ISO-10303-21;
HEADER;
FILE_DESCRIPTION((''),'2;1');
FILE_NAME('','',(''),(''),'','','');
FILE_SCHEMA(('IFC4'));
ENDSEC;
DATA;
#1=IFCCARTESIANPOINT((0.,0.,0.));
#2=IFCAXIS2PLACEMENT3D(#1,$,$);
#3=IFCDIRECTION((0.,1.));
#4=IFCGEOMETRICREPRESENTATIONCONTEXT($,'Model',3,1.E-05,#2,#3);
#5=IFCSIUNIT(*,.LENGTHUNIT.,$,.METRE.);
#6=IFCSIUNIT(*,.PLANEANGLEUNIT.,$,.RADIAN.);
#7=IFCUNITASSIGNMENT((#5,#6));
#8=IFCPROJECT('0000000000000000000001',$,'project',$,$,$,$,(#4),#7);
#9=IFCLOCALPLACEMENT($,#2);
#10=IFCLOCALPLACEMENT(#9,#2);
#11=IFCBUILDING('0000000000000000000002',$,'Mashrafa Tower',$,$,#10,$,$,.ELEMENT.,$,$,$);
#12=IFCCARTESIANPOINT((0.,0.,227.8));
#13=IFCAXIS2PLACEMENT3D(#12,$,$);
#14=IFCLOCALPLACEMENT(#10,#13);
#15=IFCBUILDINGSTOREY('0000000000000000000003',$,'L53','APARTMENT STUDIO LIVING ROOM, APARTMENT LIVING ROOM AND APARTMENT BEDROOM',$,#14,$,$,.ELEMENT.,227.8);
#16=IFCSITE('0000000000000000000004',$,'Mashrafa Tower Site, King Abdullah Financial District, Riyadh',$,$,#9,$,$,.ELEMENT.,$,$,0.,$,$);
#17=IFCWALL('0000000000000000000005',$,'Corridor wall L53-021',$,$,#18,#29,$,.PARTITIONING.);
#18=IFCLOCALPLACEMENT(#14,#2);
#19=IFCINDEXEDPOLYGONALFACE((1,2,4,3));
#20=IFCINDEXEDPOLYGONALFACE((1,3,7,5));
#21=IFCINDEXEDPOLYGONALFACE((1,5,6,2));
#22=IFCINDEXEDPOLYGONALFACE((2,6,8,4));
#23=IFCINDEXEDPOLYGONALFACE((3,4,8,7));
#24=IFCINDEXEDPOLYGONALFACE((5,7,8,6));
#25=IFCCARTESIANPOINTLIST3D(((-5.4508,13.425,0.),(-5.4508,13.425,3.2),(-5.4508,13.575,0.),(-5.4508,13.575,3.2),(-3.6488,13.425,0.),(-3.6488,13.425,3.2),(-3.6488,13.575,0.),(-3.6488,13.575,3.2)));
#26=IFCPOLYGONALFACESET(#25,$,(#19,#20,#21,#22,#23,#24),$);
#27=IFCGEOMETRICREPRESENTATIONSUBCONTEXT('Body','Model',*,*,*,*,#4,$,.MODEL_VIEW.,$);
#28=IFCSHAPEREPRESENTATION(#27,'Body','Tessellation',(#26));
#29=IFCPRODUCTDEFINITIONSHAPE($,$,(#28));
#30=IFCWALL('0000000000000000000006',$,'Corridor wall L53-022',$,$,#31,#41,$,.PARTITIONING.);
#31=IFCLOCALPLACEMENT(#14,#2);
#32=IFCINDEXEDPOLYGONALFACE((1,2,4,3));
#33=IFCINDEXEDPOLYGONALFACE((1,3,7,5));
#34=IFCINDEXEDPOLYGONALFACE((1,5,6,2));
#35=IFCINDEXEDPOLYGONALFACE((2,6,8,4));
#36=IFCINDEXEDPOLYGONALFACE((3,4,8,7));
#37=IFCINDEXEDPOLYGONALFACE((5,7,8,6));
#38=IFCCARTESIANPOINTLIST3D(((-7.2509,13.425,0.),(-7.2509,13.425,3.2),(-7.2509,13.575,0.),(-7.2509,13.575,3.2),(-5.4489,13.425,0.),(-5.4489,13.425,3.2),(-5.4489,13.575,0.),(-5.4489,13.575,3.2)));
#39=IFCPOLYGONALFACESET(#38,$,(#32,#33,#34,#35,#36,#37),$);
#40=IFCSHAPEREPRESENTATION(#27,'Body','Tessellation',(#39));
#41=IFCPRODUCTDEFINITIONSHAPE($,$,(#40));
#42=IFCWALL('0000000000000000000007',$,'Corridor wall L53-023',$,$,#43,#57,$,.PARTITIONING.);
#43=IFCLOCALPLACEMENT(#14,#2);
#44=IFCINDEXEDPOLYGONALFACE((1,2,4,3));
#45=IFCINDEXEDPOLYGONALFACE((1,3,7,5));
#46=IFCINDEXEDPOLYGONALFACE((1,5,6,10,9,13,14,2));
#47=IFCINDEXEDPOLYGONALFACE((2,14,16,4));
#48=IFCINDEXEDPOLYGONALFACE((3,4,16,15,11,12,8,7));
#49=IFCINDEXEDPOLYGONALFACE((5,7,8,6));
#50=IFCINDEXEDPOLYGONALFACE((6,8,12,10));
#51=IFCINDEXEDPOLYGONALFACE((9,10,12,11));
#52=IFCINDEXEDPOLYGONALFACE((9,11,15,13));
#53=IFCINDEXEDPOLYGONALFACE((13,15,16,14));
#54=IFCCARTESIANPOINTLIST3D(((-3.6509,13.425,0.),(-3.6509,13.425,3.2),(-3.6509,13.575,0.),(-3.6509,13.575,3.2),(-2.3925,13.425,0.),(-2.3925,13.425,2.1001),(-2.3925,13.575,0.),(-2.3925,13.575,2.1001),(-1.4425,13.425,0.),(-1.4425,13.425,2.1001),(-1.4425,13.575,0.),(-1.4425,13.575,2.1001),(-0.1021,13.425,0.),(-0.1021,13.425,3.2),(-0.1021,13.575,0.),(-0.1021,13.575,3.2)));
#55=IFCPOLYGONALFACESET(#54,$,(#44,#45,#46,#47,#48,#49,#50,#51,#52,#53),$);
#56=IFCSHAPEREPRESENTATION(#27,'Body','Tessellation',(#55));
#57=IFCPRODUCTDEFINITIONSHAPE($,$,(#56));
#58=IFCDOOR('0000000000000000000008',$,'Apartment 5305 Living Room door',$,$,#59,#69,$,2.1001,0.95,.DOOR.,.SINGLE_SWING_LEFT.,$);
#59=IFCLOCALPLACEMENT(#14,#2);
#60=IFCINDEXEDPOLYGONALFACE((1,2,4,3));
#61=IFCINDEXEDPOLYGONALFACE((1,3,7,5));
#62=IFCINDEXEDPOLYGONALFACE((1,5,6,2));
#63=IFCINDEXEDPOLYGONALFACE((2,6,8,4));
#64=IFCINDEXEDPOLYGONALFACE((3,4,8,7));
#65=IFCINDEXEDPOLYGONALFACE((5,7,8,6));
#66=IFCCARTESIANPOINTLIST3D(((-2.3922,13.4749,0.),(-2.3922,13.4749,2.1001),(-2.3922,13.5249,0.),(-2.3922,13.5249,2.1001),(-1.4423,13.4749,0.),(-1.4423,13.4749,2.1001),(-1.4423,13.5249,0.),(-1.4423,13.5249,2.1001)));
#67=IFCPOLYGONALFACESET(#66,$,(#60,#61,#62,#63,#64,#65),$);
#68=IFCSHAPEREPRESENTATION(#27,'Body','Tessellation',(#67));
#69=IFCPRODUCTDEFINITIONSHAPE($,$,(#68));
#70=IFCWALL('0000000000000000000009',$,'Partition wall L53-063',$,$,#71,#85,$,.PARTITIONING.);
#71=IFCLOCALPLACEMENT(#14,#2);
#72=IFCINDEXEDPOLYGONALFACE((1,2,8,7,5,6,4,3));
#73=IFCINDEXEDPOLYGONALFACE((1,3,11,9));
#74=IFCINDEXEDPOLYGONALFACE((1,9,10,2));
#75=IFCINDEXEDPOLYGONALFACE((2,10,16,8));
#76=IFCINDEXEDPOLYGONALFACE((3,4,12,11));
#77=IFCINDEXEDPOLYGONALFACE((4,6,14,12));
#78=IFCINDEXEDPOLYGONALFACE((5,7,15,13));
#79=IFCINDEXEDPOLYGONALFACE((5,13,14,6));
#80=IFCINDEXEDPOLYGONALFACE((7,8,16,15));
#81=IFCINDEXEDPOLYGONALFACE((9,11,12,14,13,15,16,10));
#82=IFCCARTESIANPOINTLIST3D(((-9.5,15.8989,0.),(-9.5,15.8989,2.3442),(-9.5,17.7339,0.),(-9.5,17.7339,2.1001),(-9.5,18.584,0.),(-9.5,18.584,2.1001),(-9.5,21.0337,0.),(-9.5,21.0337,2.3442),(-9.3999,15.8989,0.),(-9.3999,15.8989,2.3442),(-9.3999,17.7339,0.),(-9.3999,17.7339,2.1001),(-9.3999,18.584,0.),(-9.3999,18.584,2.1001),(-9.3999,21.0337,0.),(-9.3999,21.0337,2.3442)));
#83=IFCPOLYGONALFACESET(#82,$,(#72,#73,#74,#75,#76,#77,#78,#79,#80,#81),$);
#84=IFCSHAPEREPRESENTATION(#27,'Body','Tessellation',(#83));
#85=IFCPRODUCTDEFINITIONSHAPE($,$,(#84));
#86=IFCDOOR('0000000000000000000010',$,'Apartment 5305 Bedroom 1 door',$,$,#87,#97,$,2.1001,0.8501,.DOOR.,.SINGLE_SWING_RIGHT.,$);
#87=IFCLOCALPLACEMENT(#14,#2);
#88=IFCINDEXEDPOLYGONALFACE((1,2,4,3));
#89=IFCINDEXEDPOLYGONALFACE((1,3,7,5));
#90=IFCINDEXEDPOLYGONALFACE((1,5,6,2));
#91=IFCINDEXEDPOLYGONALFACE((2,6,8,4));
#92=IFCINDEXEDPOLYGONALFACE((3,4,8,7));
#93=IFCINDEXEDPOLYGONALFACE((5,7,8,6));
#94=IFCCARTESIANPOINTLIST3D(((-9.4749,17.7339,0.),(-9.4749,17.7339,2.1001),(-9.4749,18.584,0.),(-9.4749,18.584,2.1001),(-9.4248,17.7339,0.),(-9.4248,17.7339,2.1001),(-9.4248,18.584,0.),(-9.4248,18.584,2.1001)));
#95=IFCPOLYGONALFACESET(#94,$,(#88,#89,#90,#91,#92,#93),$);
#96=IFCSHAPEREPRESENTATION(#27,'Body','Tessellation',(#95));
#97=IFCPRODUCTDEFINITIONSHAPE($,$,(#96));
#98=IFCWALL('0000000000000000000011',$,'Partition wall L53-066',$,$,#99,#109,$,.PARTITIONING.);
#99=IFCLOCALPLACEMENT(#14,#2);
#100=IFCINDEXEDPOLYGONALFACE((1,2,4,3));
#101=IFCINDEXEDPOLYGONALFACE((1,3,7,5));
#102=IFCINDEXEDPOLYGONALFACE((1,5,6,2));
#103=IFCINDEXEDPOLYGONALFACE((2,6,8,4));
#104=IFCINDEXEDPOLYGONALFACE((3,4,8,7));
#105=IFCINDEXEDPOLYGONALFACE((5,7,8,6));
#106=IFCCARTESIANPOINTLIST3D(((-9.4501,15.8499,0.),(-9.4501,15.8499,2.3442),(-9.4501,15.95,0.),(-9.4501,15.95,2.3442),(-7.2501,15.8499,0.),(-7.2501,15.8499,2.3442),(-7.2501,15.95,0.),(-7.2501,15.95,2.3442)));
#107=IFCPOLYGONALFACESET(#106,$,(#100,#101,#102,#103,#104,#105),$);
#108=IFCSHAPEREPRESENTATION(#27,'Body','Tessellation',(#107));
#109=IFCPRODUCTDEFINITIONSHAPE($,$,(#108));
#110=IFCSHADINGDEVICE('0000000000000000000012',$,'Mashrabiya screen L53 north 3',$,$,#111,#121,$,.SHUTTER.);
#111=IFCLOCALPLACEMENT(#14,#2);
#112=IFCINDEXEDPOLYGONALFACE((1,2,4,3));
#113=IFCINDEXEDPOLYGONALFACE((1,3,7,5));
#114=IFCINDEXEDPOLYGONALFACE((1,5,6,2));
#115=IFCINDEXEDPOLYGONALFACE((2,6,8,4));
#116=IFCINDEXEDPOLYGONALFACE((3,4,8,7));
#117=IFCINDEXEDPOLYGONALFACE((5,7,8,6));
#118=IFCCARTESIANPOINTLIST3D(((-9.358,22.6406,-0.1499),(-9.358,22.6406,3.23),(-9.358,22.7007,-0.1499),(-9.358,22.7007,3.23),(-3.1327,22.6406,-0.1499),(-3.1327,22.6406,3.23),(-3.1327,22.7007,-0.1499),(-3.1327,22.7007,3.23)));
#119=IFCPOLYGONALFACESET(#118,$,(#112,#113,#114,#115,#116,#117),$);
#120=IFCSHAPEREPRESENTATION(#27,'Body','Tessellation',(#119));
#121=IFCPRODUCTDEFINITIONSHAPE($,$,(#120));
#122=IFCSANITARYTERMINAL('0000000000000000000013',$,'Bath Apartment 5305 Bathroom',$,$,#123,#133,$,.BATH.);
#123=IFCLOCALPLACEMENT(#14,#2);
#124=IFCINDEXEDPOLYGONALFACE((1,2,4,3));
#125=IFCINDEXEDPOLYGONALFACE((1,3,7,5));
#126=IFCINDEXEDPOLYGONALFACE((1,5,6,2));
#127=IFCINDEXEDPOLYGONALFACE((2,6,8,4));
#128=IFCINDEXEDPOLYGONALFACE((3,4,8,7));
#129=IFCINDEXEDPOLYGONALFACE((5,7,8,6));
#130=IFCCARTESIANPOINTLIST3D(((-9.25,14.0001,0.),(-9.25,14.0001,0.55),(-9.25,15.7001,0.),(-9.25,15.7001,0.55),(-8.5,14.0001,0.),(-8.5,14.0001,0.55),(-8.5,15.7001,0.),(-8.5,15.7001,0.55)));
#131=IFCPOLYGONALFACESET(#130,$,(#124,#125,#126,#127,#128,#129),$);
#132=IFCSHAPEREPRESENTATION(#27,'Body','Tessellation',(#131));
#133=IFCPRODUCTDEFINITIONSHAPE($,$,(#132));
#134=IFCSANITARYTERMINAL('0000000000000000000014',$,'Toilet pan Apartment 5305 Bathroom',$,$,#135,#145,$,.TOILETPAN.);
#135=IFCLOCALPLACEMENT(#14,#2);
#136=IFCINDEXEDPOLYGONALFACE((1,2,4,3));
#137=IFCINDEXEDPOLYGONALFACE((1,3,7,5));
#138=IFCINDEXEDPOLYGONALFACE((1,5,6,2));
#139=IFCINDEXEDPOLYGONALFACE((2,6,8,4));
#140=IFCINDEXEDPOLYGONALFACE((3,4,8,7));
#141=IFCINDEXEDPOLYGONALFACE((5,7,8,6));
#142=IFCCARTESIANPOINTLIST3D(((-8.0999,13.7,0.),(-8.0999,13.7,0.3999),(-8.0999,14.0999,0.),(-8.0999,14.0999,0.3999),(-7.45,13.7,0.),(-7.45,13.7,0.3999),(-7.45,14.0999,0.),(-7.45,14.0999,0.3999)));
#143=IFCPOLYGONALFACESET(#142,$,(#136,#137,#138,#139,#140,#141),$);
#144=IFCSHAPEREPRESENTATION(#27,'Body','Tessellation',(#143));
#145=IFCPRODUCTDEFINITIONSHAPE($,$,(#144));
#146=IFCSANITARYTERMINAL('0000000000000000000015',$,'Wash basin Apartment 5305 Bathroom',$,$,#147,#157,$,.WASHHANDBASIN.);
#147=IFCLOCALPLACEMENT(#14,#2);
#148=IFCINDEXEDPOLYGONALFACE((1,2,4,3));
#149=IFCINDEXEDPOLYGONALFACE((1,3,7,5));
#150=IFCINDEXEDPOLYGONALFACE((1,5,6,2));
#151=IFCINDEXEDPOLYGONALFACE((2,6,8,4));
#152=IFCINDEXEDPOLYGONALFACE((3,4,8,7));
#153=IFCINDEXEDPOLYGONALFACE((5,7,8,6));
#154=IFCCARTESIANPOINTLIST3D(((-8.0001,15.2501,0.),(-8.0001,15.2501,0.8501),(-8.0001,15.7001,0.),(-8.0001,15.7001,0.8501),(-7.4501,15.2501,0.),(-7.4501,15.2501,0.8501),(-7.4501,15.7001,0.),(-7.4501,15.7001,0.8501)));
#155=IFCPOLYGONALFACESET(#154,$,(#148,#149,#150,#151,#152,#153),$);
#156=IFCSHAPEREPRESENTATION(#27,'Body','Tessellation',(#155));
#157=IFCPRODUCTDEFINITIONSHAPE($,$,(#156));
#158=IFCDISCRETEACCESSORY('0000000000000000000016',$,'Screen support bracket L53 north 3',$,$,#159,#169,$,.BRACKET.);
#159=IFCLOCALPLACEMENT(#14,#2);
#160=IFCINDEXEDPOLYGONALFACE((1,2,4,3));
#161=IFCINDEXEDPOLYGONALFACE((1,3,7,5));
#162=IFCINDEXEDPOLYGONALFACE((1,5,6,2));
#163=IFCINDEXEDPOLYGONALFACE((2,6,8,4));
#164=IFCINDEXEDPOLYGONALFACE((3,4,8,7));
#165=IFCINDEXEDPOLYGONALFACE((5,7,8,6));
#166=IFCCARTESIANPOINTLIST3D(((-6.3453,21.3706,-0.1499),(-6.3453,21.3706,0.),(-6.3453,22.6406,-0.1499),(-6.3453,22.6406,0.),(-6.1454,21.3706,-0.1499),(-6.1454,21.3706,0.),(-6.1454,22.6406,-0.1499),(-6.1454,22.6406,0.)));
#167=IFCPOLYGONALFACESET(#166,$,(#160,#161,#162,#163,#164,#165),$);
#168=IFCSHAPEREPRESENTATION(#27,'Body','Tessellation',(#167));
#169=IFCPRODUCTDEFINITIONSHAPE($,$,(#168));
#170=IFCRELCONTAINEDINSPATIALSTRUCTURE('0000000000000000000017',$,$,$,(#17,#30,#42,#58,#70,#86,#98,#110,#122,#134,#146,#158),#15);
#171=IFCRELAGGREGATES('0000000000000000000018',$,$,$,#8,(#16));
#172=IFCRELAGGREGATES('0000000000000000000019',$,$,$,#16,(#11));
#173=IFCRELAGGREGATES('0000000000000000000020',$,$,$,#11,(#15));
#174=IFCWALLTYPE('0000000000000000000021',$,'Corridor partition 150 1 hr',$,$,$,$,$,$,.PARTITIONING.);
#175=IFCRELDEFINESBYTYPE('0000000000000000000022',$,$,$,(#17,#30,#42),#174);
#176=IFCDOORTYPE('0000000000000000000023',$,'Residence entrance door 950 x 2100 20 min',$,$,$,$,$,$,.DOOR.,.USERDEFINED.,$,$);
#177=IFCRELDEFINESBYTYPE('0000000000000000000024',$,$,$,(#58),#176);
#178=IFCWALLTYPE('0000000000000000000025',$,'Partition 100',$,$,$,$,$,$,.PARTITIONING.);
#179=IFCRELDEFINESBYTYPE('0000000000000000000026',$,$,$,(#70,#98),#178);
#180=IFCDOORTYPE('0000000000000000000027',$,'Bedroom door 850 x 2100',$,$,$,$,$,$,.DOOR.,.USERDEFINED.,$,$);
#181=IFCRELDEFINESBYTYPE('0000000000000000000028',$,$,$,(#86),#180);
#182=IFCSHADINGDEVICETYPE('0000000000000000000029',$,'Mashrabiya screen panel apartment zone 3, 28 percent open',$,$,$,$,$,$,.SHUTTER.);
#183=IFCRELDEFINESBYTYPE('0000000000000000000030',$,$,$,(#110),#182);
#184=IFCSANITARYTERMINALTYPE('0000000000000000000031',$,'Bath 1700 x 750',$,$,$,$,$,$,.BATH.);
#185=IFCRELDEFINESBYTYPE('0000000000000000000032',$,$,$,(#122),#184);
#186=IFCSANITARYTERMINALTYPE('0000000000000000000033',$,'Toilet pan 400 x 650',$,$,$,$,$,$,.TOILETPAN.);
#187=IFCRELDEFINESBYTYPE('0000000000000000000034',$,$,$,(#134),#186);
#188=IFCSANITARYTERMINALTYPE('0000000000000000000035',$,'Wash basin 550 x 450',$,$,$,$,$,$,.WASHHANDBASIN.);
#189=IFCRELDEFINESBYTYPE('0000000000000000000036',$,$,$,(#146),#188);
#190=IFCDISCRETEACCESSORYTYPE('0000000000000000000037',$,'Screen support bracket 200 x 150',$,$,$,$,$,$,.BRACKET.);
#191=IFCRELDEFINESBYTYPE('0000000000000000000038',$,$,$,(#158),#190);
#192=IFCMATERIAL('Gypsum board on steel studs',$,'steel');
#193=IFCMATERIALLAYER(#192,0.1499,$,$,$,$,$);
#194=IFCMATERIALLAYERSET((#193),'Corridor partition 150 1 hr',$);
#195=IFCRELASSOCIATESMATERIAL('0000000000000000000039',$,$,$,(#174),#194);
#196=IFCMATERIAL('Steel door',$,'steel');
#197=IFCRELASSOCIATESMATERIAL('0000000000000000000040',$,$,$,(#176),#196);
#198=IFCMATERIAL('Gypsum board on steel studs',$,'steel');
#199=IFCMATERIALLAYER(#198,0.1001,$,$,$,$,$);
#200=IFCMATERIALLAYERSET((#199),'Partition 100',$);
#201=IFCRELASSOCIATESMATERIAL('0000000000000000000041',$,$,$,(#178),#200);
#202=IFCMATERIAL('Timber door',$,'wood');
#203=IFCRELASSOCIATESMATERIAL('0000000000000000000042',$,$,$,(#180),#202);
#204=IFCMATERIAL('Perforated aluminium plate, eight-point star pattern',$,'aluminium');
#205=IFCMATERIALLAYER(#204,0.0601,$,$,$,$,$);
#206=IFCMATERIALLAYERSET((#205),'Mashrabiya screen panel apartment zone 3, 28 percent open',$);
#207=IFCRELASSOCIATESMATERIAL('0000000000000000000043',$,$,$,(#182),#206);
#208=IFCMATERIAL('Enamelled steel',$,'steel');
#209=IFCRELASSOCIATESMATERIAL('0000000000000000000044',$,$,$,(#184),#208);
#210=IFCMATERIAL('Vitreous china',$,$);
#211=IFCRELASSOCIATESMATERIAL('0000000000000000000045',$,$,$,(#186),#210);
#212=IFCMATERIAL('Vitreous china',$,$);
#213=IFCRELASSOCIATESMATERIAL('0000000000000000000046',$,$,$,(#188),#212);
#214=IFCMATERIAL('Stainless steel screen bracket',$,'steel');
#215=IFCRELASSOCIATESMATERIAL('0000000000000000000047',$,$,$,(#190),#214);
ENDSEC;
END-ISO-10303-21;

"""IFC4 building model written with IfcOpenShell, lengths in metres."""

from ifc_helpers import new_model, si_unit, direction, frame, frame_2d, origin, origin_2d, place, context, subcontext, project, spatial, rectangle, extrude, source, transform, mapped, material, layer, layer_set, type_object, type_shapes, element, fill, save


model = new_model("IFC4")

# Units and contexts
model_context = context("Model", 3, precision=1e-05, world=origin(), true_north=direction((0.0, 1.0)))
body_context = subcontext(model_context, "Body", "Model", "MODEL_VIEW")
ifc_project = project(units=[si_unit("LENGTHUNIT", "METRE"), si_unit("PLANEANGLEUNIT", "RADIAN")], contexts=[model_context])

# Site, building, storey
site_placement = place(None, origin())
site = spatial("IfcSite", under=ifc_project, at=site_placement, Name="Mashrafa Tower Site, King Abdullah Financial District, Riyadh", CompositionType="ELEMENT", RefElevation=0.0)
building_placement = place(site_placement, origin())
building = spatial("IfcBuilding", under=site, at=building_placement, Name="Mashrafa Tower", CompositionType="ELEMENT")
storey_placement = place(building_placement, frame((0.0, 0.0, 227.8)))
storey = spatial("IfcBuildingStorey", under=building, at=storey_placement, Name="L53", Description="APARTMENT STUDIO LIVING ROOM, APARTMENT LIVING ROOM AND APARTMENT BEDROOM", CompositionType="ELEMENT", Elevation=227.8)

# Walls
ifc_material_1 = material(Name="Gypsum board on steel studs", Category="steel")
ifc_layer_1 = layer(ifc_material_1, 0.1499)
ifc_layer_set_1 = layer_set([ifc_layer_1], Name="Corridor partition 150 1 hr")
wall_type_1 = type_object("IfcWallType", Name="Corridor partition 150 1 hr", PredefinedType="PARTITIONING", material=ifc_layer_set_1)
for number, where, z_axis, x_axis, name in (
    (1, (-3.6489, 13.5, 0.0), (0.0, 0.0, 1.0), (-1.0, 0.0, 0.0), "Corridor wall L53-021"),
    (2, (-5.449, 13.5, 0.0), (0.0, 0.0, 1.0), (-1.0, 0.0, 0.0), "Corridor wall L53-022"),
):
    element("IfcWall", number, at=place(storey_placement, frame(where, z_axis=z_axis, x_axis=x_axis)), inside=storey, type_object=wall_type_1, Name=name, PredefinedType="PARTITIONING", context=body_context, shape_type="SweptSolid", body=[
        extrude(rectangle(XDim=1.802, YDim=0.1499, at=frame_2d((0.9009, 0.0))), origin(), (0.0, 0.0, 1.0), 3.2),
    ])

# Walls, openings, doors
wall_1_placement = place(storey_placement, frame((-0.1021, 13.5, 0.0), z_axis=(0.0, 0.0, 1.0), x_axis=(-1.0, 0.0, 0.0)))
wall_1 = element("IfcWall", 3, at=wall_1_placement, inside=storey, type_object=wall_type_1, Name="Corridor wall L53-023", PredefinedType="PARTITIONING", context=body_context, shape_type="SweptSolid", body=[
    extrude(rectangle(XDim=3.5488, YDim=0.1499, at=frame_2d((1.7744, 0.0))), origin(), (0.0, 0.0, 1.0), 3.2),
])
opening_1_placement = place(wall_1_placement, frame((1.3403, 0.0, 0.0)))
opening_1 = element("IfcOpeningElement", 4, at=opening_1_placement, cuts=wall_1, PredefinedType="OPENING", context=body_context, shape_type="SweptSolid", body=[
    extrude(rectangle(XDim=0.95, YDim=2.1001, at=frame_2d((0.4751, 1.05))), frame((0.0, 0.085, 0.0), z_axis=(0.0, -1.0, 0.0), x_axis=(1.0, 0.0, 0.0)), (0.0, 0.0, 1.0), 0.1699),
])
ifc_material_2 = material(Name="Steel door", Category="steel")
door_type_1 = type_object("IfcDoorType", Name="Residence entrance door 950 x 2100 20 min", OperationType="USERDEFINED", PredefinedType="DOOR", material=ifc_material_2)
door_1_placement = place(opening_1_placement, frame((0.95, 0.0, 0.0), z_axis=(0.0, 0.0, 1.0), x_axis=(-1.0, 0.0, 0.0)))
door_1 = element("IfcDoor", 5, at=door_1_placement, inside=storey, type_object=door_type_1, Name="Apartment 5305 Living Room door", OperationType="SINGLE_SWING_LEFT", OverallHeight=2.1001, OverallWidth=0.95, PredefinedType="DOOR", context=body_context, shape_type="SweptSolid", body=[
    extrude(rectangle(XDim=0.95, YDim=2.1001, at=frame_2d((0.4751, 1.05))), frame((0.0, 0.0249, 0.0), z_axis=(0.0, -1.0, 0.0), x_axis=(1.0, 0.0, 0.0)), (0.0, 0.0, 1.0), 0.05),
])
fill(opening_1, door_1)
ifc_material_3 = material(Name="Gypsum board on steel studs", Category="steel")
ifc_layer_2 = layer(ifc_material_3, 0.1001)
ifc_layer_set_2 = layer_set([ifc_layer_2], Name="Partition 100")
wall_type_2 = type_object("IfcWallType", Name="Partition 100", PredefinedType="PARTITIONING", material=ifc_layer_set_2)
wall_2_placement = place(storey_placement, frame((-9.45, 15.8989, 0.0), z_axis=(0.0, 0.0, 1.0), x_axis=(0.0, 1.0, 0.0)))
wall_2 = element("IfcWall", 6, at=wall_2_placement, inside=storey, type_object=wall_type_2, Name="Partition wall L53-063", PredefinedType="PARTITIONING", context=body_context, shape_type="SweptSolid", body=[
    extrude(rectangle(XDim=5.1348, YDim=0.1001, at=frame_2d((2.5674, 0.0))), origin(), (0.0, 0.0, 1.0), 2.3442),
])
opening_2_placement = place(wall_2_placement, frame((1.835, 0.0, 0.0)))
opening_2 = element("IfcOpeningElement", 7, at=opening_2_placement, cuts=wall_2, PredefinedType="OPENING", context=body_context, shape_type="SweptSolid", body=[
    extrude(rectangle(XDim=0.8501, YDim=2.1001, at=frame_2d((0.425, 1.05))), frame((0.0, 0.0601, 0.0), z_axis=(0.0, -1.0, 0.0), x_axis=(1.0, 0.0, 0.0)), (0.0, 0.0, 1.0), 0.1201),
])
ifc_material_4 = material(Name="Timber door", Category="wood")
door_type_2 = type_object("IfcDoorType", Name="Bedroom door 850 x 2100", OperationType="USERDEFINED", PredefinedType="DOOR", material=ifc_material_4)
door_2_placement = place(opening_2_placement, origin())
door_2 = element("IfcDoor", 8, at=door_2_placement, inside=storey, type_object=door_type_2, Name="Apartment 5305 Bedroom 1 door", OperationType="SINGLE_SWING_RIGHT", OverallHeight=2.1001, OverallWidth=0.8501, PredefinedType="DOOR", context=body_context, shape_type="SweptSolid", body=[
    extrude(rectangle(XDim=0.8501, YDim=2.1001, at=frame_2d((0.425, 1.05))), frame((0.0, 0.0249, 0.0), z_axis=(0.0, -1.0, 0.0), x_axis=(1.0, 0.0, 0.0)), (0.0, 0.0, 1.0), 0.05),
])
fill(opening_2, door_2)

# Wall
wall_3_placement = place(storey_placement, frame((-7.25, 15.8999, 0.0), z_axis=(0.0, 0.0, 1.0), x_axis=(-1.0, 0.0, 0.0)))
element("IfcWall", 9, at=wall_3_placement, inside=storey, type_object=wall_type_2, Name="Partition wall L53-066", PredefinedType="PARTITIONING", context=body_context, shape_type="SweptSolid", body=[
    extrude(rectangle(XDim=2.2, YDim=0.1001, at=frame_2d((1.1001, 0.0))), origin(), (0.0, 0.0, 1.0), 2.3442),
])

# Shading device
ifc_material_5 = material(Name="Perforated aluminium plate, eight-point star pattern", Category="aluminium")
ifc_layer_3 = layer(ifc_material_5, 0.0601)
ifc_layer_set_3 = layer_set([ifc_layer_3], Name="Mashrabiya screen panel apartment zone 3, 28 percent open")
shading_device_type = type_object("IfcShadingDeviceType", Name="Mashrabiya screen panel apartment zone 3, 28 percent open", PredefinedType="SHUTTER", material=ifc_layer_set_3)
shared_shape_1 = source(origin(), body_context, "Body", "SweptSolid", [
    extrude(rectangle(XDim=6.2253, YDim=0.0601, at=origin_2d()), origin(), (0.0, 0.0, 1.0), 3.3799),
])
type_shapes(shading_device_type, [shared_shape_1])
shading_device_placement = place(storey_placement, frame((-6.2454, 22.6707, -0.1499), z_axis=(0.0, 0.0, 1.0), x_axis=(-1.0, 0.0, 0.0)))
element("IfcShadingDevice", 10, at=shading_device_placement, inside=storey, type_object=shading_device_type, Name="Mashrabiya screen L53 north 3", PredefinedType="SHUTTER", context=body_context, shape_type="MappedRepresentation", body=[
    mapped(shared_shape_1, transform((0.0, 0.0, 0.0))),
])

# Sanitary terminals
ifc_material_6 = material(Name="Enamelled steel", Category="steel")
sanitary_terminal_type_1 = type_object("IfcSanitaryTerminalType", Name="Bath 1700 x 750", PredefinedType="BATH", material=ifc_material_6)
sanitary_terminal_1_placement = place(storey_placement, frame((-8.875, 14.8501, 0.0), z_axis=(0.0, 0.0, 1.0), x_axis=(0.0, -1.0, 0.0)))
element("IfcSanitaryTerminal", 11, at=sanitary_terminal_1_placement, inside=storey, type_object=sanitary_terminal_type_1, Name="Bath Apartment 5305 Bathroom", PredefinedType="BATH", context=body_context, shape_type="SweptSolid", body=[
    extrude(rectangle(XDim=1.7, YDim=0.75, at=origin_2d()), origin(), (0.0, 0.0, 1.0), 0.55),
])
ifc_material_7 = material(Name="Vitreous china")
sanitary_terminal_type_2 = type_object("IfcSanitaryTerminalType", Name="Toilet pan 400 x 650", PredefinedType="TOILETPAN", material=ifc_material_7)
sanitary_terminal_2_placement = place(storey_placement, frame((-7.7749, 13.8999, 0.0), z_axis=(0.0, 0.0, 1.0), x_axis=(0.0, 1.0, 0.0)))
element("IfcSanitaryTerminal", 12, at=sanitary_terminal_2_placement, inside=storey, type_object=sanitary_terminal_type_2, Name="Toilet pan Apartment 5305 Bathroom", PredefinedType="TOILETPAN", context=body_context, shape_type="SweptSolid", body=[
    extrude(rectangle(XDim=0.3999, YDim=0.6499, at=origin_2d()), origin(), (0.0, 0.0, 1.0), 0.3999),
])
ifc_material_8 = material(Name="Vitreous china")
sanitary_terminal_type_3 = type_object("IfcSanitaryTerminalType", Name="Wash basin 550 x 450", PredefinedType="WASHHANDBASIN", material=ifc_material_8)
sanitary_terminal_3_placement = place(storey_placement, frame((-7.7251, 15.4751, 0.0), z_axis=(0.0, 0.0, 1.0), x_axis=(-1.0, 0.0, 0.0)))
element("IfcSanitaryTerminal", 13, at=sanitary_terminal_3_placement, inside=storey, type_object=sanitary_terminal_type_3, Name="Wash basin Apartment 5305 Bathroom", PredefinedType="WASHHANDBASIN", context=body_context, shape_type="SweptSolid", body=[
    extrude(rectangle(XDim=0.55, YDim=0.45, at=origin_2d()), origin(), (0.0, 0.0, 1.0), 0.8501),
])

# Discrete accessory
ifc_material_9 = material(Name="Stainless steel screen bracket", Category="steel")
discrete_accessory_type = type_object("IfcDiscreteAccessoryType", Name="Screen support bracket 200 x 150", PredefinedType="BRACKET", material=ifc_material_9)
shared_shape_2 = source(origin(), body_context, "Body", "SweptSolid", [
    extrude(rectangle(XDim=0.2, YDim=1.27, at=origin_2d()), origin(), (0.0, 0.0, 1.0), 0.1499),
])
type_shapes(discrete_accessory_type, [shared_shape_2])
for number, where, z_axis, x_axis, name in (
    (14, (-6.2454, 22.0056, -0.1499), (0.0, 0.0, 1.0), (-1.0, 0.0, 0.0), "Screen support bracket L53 north 3"),
):
    element("IfcDiscreteAccessory", number, at=place(storey_placement, frame(where, z_axis=z_axis, x_axis=x_axis)), inside=storey, type_object=discrete_accessory_type, Name=name, PredefinedType="BRACKET", context=body_context, shape_type="MappedRepresentation", body=[
        mapped(shared_shape_2, transform((0.0, 0.0, 0.0))),
    ])

save(model, "model.ifc")
